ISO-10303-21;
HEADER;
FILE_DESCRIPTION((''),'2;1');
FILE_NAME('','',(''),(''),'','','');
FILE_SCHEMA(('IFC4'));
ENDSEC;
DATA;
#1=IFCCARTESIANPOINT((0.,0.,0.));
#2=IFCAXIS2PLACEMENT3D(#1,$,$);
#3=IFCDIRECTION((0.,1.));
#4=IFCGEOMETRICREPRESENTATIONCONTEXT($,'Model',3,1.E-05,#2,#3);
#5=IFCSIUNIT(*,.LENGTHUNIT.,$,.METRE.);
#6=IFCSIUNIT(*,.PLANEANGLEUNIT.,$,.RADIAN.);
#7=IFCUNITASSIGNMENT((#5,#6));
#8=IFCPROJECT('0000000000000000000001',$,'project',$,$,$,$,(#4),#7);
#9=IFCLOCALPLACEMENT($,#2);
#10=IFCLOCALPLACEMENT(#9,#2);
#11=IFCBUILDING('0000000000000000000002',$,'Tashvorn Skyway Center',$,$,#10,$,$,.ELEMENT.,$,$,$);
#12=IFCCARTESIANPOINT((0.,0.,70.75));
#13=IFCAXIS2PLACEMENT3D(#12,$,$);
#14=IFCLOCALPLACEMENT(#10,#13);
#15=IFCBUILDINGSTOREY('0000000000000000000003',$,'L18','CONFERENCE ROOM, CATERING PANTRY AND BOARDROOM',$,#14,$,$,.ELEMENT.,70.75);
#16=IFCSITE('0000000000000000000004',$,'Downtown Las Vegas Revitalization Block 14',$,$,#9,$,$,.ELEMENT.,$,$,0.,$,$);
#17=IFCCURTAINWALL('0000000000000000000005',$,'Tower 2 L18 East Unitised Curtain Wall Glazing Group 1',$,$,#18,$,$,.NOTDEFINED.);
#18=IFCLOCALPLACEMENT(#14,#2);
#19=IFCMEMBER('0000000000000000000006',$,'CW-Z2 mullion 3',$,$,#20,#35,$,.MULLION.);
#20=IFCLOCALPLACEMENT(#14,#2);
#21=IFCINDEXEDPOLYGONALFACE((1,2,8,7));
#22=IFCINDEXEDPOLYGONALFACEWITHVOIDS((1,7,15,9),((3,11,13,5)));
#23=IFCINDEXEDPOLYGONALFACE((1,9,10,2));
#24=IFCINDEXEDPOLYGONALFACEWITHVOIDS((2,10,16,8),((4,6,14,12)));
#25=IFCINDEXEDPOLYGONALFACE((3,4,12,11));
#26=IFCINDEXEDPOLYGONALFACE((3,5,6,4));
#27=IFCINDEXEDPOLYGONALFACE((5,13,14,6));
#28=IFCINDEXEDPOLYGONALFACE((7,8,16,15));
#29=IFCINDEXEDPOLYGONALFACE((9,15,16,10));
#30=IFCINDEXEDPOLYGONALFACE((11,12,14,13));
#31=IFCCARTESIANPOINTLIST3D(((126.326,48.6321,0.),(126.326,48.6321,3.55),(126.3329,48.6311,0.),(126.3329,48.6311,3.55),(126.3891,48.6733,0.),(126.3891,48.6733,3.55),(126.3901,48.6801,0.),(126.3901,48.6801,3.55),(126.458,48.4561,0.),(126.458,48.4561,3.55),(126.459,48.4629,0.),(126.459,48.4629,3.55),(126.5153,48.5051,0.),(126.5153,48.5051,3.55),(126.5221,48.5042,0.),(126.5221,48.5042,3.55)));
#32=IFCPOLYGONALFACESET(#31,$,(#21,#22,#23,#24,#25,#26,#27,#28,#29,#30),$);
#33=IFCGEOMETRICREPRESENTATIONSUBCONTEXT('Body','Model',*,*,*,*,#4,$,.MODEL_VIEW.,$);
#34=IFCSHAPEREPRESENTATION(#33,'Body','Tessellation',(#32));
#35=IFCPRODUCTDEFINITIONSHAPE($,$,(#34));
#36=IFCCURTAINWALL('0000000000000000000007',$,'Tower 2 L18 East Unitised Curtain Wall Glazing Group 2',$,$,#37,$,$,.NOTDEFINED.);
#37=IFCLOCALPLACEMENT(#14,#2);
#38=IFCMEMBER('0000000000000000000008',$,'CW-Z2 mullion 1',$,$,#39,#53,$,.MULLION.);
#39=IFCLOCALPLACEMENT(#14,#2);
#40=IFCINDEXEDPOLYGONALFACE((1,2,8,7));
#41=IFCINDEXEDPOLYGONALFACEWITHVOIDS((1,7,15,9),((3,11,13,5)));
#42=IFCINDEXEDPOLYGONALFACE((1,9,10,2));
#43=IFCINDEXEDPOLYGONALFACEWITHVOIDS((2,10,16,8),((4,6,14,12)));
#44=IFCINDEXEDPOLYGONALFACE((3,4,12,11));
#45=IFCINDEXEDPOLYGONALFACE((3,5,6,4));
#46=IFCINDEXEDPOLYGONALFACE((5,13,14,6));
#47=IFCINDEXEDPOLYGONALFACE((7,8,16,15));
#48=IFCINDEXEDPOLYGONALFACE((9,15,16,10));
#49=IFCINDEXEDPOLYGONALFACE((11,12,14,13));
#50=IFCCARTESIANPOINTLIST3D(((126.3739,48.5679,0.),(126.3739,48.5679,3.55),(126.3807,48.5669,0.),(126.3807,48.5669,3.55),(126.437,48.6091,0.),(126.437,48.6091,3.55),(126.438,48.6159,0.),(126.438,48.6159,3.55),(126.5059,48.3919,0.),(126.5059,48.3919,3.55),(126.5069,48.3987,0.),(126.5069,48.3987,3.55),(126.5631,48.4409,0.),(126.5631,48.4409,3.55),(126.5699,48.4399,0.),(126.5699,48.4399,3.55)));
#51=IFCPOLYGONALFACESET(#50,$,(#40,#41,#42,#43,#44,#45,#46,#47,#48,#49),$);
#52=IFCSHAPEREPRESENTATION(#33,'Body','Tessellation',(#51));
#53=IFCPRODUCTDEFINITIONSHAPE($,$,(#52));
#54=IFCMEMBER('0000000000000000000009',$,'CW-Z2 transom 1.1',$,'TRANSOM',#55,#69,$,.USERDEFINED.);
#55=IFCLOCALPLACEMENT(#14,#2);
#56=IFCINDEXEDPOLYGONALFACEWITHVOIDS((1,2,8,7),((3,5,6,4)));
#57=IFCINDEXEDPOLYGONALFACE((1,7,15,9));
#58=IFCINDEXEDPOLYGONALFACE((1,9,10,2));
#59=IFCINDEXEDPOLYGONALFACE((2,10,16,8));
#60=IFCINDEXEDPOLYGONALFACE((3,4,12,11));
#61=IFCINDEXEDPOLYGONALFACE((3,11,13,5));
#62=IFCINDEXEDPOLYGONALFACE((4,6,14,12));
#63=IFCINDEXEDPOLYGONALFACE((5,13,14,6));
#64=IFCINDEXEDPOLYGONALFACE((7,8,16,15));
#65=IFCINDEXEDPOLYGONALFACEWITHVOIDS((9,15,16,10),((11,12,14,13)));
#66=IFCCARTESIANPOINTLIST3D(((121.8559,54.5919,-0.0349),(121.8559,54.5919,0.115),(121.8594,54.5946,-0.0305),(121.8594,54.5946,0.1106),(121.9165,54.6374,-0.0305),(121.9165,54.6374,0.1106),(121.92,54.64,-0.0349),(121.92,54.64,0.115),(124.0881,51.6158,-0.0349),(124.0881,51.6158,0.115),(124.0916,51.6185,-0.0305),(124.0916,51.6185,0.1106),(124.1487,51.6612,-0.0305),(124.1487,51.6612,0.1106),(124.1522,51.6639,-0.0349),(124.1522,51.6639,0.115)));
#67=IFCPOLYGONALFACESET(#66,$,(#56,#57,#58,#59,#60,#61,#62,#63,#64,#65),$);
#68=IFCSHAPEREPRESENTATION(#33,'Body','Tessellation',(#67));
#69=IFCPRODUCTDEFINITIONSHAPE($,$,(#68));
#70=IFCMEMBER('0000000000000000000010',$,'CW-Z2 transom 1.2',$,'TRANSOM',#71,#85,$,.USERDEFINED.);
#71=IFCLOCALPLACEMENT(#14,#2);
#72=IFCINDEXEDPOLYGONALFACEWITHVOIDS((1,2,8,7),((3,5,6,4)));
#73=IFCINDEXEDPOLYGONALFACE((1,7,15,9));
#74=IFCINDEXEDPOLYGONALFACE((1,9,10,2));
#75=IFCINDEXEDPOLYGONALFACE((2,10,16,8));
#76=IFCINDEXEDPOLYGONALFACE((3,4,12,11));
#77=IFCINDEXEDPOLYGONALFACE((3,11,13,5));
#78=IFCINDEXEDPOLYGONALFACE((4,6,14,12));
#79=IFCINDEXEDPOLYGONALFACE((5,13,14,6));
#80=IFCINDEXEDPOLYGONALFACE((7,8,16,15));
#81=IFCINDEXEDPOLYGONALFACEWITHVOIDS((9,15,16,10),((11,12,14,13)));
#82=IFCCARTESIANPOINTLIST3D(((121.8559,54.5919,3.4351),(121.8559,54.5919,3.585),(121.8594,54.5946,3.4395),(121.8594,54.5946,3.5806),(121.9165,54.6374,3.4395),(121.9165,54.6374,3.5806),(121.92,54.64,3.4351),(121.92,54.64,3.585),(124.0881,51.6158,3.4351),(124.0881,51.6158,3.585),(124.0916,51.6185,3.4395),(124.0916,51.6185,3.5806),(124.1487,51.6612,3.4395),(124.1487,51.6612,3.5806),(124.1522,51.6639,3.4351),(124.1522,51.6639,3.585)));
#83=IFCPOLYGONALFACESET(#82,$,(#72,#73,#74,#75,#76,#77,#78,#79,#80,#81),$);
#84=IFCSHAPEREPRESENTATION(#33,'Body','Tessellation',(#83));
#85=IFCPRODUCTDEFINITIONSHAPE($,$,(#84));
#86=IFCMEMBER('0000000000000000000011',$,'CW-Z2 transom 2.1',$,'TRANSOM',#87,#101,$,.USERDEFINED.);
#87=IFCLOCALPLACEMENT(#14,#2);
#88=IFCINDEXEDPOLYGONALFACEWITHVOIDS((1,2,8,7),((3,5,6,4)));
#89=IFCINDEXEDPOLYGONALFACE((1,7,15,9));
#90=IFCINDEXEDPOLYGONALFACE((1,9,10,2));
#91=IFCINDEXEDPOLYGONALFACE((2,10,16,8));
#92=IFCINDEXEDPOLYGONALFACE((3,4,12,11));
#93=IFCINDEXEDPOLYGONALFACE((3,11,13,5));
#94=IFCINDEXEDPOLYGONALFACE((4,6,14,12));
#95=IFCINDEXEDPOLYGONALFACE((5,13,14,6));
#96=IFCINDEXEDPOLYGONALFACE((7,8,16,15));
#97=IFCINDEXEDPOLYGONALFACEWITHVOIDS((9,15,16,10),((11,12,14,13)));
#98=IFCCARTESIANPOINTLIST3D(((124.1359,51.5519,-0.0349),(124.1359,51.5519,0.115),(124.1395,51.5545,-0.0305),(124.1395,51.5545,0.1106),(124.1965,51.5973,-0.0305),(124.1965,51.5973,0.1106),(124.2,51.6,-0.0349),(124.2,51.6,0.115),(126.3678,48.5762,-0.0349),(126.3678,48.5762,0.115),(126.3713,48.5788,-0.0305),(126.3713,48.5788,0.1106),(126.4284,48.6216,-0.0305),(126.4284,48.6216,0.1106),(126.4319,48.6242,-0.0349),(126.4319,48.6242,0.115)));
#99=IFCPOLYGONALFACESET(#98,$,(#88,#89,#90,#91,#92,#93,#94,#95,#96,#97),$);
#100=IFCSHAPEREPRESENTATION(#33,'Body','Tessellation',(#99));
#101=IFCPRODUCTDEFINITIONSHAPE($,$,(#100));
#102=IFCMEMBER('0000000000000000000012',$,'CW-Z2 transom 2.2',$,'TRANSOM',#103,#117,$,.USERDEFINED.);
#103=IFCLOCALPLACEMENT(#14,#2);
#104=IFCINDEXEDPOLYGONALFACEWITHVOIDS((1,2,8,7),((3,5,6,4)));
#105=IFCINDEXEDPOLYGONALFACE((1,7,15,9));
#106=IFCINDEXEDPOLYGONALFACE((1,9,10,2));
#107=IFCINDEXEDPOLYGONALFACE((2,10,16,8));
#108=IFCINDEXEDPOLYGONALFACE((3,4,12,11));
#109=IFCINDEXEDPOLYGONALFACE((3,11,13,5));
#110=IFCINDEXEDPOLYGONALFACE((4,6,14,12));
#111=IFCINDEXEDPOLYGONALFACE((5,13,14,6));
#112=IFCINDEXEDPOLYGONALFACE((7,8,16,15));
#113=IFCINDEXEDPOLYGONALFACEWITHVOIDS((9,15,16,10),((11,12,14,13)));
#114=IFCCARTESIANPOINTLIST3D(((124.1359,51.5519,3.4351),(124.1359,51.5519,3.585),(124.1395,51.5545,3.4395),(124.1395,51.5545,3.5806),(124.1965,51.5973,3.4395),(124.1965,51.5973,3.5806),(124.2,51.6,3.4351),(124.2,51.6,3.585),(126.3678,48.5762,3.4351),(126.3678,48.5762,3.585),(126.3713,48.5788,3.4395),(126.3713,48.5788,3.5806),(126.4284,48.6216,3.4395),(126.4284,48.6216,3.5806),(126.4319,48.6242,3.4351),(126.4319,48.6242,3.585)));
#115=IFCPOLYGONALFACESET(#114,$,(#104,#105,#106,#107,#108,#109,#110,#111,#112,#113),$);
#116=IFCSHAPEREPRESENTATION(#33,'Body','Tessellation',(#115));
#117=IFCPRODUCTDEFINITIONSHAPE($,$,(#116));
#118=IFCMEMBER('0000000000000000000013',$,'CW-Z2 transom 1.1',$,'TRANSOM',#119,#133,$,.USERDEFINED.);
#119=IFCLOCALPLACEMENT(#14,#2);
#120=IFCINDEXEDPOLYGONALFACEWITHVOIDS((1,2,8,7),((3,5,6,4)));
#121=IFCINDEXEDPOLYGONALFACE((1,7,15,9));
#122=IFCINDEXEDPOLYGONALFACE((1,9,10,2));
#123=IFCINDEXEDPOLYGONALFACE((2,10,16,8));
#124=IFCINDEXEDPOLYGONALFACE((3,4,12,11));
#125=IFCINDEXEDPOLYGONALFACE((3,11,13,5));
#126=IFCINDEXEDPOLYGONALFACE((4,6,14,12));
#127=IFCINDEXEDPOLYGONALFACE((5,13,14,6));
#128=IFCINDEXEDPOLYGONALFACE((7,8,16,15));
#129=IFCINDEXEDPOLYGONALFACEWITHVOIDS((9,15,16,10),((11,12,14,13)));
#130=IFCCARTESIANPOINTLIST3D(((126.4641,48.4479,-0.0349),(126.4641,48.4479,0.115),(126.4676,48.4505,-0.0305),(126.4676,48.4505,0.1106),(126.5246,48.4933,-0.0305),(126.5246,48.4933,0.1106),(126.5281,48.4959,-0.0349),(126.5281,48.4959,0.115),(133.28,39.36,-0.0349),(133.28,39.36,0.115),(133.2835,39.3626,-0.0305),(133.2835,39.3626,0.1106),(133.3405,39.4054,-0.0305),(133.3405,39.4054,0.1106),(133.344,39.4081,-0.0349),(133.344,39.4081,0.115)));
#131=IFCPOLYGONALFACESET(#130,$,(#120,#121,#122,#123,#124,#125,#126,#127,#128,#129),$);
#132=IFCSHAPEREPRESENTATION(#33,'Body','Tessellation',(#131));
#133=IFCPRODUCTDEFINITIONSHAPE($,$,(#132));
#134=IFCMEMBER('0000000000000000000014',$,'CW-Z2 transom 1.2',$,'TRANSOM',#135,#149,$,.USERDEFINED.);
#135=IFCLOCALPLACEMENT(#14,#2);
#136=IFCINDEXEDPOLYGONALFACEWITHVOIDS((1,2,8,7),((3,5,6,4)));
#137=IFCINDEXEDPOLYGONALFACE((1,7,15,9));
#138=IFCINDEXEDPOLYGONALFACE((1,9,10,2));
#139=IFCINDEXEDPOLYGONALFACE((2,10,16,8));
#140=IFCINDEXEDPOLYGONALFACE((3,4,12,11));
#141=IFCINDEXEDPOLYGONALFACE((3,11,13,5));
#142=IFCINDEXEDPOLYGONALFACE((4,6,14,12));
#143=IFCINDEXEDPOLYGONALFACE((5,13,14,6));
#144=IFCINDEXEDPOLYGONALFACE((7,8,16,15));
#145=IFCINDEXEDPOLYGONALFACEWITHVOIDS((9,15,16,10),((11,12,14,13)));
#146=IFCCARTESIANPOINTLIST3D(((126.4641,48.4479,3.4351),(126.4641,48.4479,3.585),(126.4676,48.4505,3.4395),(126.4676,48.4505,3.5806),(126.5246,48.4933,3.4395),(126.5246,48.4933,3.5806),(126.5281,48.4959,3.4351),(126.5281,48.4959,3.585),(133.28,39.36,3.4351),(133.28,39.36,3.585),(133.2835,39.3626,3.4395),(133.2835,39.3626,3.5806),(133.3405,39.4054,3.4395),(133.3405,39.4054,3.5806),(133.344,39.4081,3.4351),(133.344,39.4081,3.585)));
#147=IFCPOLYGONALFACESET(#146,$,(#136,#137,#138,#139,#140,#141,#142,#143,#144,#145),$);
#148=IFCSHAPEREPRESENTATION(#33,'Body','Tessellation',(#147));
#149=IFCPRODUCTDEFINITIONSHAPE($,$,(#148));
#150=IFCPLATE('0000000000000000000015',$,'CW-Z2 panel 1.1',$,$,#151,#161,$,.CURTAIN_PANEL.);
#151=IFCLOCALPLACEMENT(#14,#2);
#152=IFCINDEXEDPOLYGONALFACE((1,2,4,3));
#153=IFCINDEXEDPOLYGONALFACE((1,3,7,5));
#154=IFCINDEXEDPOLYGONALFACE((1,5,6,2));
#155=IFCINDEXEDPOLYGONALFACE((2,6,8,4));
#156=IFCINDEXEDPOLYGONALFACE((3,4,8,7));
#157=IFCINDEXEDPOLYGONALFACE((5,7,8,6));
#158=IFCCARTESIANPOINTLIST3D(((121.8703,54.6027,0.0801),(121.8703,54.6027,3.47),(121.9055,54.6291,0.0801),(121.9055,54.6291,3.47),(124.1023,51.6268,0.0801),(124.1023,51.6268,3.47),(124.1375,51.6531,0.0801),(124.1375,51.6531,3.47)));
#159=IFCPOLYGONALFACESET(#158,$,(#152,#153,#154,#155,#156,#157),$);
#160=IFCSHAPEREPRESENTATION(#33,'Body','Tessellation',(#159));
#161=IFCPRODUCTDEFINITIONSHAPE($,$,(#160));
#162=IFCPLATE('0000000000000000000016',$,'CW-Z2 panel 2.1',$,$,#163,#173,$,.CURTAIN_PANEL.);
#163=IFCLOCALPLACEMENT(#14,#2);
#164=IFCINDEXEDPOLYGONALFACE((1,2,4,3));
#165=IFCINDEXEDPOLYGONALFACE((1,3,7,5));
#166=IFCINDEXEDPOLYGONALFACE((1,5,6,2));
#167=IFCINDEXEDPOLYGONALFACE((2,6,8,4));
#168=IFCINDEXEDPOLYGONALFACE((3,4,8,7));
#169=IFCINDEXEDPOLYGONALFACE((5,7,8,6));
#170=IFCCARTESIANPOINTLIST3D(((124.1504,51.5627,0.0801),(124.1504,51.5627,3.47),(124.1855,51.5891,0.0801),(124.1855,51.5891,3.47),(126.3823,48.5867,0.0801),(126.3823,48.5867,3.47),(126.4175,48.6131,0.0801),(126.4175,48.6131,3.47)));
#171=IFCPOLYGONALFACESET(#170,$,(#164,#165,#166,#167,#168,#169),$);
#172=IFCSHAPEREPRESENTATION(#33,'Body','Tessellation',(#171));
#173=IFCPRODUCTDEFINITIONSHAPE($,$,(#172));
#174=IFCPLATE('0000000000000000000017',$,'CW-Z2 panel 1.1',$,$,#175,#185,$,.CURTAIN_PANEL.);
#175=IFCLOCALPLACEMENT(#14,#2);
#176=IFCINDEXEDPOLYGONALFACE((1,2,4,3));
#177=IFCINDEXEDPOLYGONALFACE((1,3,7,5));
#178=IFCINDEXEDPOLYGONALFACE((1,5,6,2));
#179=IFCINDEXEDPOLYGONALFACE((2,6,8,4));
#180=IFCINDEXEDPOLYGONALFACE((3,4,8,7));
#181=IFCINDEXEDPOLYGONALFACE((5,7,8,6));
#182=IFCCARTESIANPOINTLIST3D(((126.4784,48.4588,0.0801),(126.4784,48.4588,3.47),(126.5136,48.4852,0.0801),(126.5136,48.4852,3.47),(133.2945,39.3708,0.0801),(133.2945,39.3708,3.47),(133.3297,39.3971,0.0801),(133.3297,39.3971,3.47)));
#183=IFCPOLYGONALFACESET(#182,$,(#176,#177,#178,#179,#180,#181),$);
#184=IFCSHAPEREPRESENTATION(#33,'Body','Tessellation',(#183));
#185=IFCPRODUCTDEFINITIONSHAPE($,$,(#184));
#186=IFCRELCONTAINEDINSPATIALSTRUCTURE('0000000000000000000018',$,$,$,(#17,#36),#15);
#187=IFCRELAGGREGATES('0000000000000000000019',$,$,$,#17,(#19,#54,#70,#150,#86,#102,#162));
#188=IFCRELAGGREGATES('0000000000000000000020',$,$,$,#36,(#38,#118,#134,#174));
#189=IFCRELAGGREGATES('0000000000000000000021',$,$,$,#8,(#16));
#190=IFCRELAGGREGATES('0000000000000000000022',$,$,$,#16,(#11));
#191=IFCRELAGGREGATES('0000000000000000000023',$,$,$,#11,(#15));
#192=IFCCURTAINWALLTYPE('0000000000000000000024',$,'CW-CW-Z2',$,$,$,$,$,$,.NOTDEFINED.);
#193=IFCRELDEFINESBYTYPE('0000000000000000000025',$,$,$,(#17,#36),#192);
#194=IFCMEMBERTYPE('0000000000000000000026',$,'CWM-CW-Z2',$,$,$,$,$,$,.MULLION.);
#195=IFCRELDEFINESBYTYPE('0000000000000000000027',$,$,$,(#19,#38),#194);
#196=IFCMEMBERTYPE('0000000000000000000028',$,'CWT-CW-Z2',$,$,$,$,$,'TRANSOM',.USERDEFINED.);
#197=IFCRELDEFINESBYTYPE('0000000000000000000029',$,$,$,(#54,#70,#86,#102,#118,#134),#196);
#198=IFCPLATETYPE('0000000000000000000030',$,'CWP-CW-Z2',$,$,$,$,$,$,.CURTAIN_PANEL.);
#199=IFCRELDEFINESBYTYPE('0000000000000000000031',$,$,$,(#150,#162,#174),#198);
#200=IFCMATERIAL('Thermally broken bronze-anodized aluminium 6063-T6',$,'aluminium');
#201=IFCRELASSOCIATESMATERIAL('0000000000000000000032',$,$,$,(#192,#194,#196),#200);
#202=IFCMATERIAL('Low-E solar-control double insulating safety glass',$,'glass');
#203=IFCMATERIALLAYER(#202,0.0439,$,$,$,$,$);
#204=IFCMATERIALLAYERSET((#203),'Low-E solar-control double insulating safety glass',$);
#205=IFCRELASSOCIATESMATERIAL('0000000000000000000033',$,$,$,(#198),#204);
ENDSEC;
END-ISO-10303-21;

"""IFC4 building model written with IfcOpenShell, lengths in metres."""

from ifc_helpers import new_model, si_unit, direction, frame, origin, origin_2d, place, context, subcontext, project, spatial, rectangle, hollow_rectangle, extrude, material, layer, layer_set, material_profile, profile_set, type_object, element, aggregate, save


model = new_model("IFC4")

# Units and contexts
model_context = context("Model", 3, precision=1e-05, world=origin(), true_north=direction((0.0, 1.0)))
body_context = subcontext(model_context, "Body", "Model", "MODEL_VIEW")
ifc_project = project(units=[si_unit("LENGTHUNIT", "METRE"), si_unit("PLANEANGLEUNIT", "RADIAN")], contexts=[model_context])

# Site, building, storey
site_placement = place(None, origin())
site = spatial("IfcSite", under=ifc_project, at=site_placement, Name="Downtown Las Vegas Revitalization Block 14", CompositionType="ELEMENT", RefElevation=0.0)
building_placement = place(site_placement, origin())
building = spatial("IfcBuilding", under=site, at=building_placement, Name="Tashvorn Skyway Center", CompositionType="ELEMENT")
storey_placement = place(building_placement, frame((0.0, 0.0, 70.75)))
storey = spatial("IfcBuildingStorey", under=building, at=storey_placement, Name="L18", Description="CONFERENCE ROOM, CATERING PANTRY AND BOARDROOM", CompositionType="ELEMENT", Elevation=70.75)

# Curtain wall, member
ifc_material_1 = material(Name="Thermally broken bronze-anodized aluminium 6063-T6", Category="aluminium")
curtain_wall_type = type_object("IfcCurtainWallType", Name="CW-CW-Z2", PredefinedType="NOTDEFINED", material=ifc_material_1)
curtain_wall_1_placement = place(storey_placement, origin())
curtain_wall_1 = element("IfcCurtainWall", 1, at=curtain_wall_1_placement, inside=storey, type_object=curtain_wall_type, Name="Tower 2 L18 East Unitised Curtain Wall Glazing Group 1", PredefinedType="NOTDEFINED")
ifc_material_profile_1 = material_profile(ifc_material_1, hollow_rectangle(XDim=0.0801, YDim=0.22, WallThickness=0.0049, at=origin_2d()), Name="ALU-MULL-80x220")
ifc_profile_set_1 = profile_set([ifc_material_profile_1], Name="Thermally broken bronze-anodized aluminium 6063-T6")
member_type_1 = type_object("IfcMemberType", Name="CWM-CW-Z2", PredefinedType="MULLION", material=ifc_profile_set_1)
member_1_placement = place(storey_placement, frame((126.4241, 48.5681, 0.0), z_axis=(0.0, 0.0, 1.0), x_axis=(0.8, 0.6, 0.0)))
member_1 = element("IfcMember", 2, at=member_1_placement, type_object=member_type_1, Name="CW-Z2 mullion 3", PredefinedType="MULLION", context=body_context, shape_type="SweptSolid", body=[
    extrude(hollow_rectangle(XDim=0.0801, YDim=0.22, WallThickness=0.0049, at=origin_2d()), origin(), (0.0, 0.0, 1.0), 3.55),
])

# Curtain wall, member
curtain_wall_2_placement = place(storey_placement, origin())
curtain_wall_2 = element("IfcCurtainWall", 3, at=curtain_wall_2_placement, inside=storey, type_object=curtain_wall_type, Name="Tower 2 L18 East Unitised Curtain Wall Glazing Group 2", PredefinedType="NOTDEFINED")
member_2_placement = place(storey_placement, frame((126.4719, 48.5039, 0.0), z_axis=(0.0, 0.0, 1.0), x_axis=(0.8, 0.6, 0.0)))
member_2 = element("IfcMember", 4, at=member_2_placement, type_object=member_type_1, Name="CW-Z2 mullion 1", PredefinedType="MULLION", context=body_context, shape_type="SweptSolid", body=[
    extrude(hollow_rectangle(XDim=0.0801, YDim=0.22, WallThickness=0.0049, at=origin_2d()), origin(), (0.0, 0.0, 1.0), 3.55),
])

# Members
ifc_material_profile_2 = material_profile(ifc_material_1, hollow_rectangle(XDim=0.0801, YDim=0.1499, WallThickness=0.0044, at=origin_2d()), Name="ALU-TRAN-80x150")
ifc_profile_set_2 = profile_set([ifc_material_profile_2], Name="Thermally broken bronze-anodized aluminium 6063-T6")
member_type_2 = type_object("IfcMemberType", Name="CWT-CW-Z2", ElementType="TRANSOM", PredefinedType="USERDEFINED", material=ifc_profile_set_2)
member_3_placement = place(storey_placement, frame((121.8879, 54.616, 0.04), z_axis=(0.600021, -0.799984, 0.0), x_axis=(0.799984, 0.600021, 0.0)))
member_3 = element("IfcMember", 5, at=member_3_placement, type_object=member_type_2, Name="CW-Z2 transom 1.1", ObjectType="TRANSOM", PredefinedType="USERDEFINED", context=body_context, shape_type="SweptSolid", body=[
    extrude(hollow_rectangle(XDim=0.0801, YDim=0.1499, WallThickness=0.0044, at=origin_2d()), origin(), (0.0, 0.0, 1.0), 3.7202),
])
member_4_placement = place(storey_placement, frame((121.8879, 54.616, 3.51), z_axis=(0.600021, -0.799984, 0.0), x_axis=(0.799984, 0.600021, 0.0)))
member_4 = element("IfcMember", 6, at=member_4_placement, type_object=member_type_2, Name="CW-Z2 transom 1.2", ObjectType="TRANSOM", PredefinedType="USERDEFINED", context=body_context, shape_type="SweptSolid", body=[
    extrude(hollow_rectangle(XDim=0.0801, YDim=0.1499, WallThickness=0.0044, at=origin_2d()), origin(), (0.0, 0.0, 1.0), 3.7202),
])
member_5_placement = place(storey_placement, frame((124.168, 51.5759, 0.04), z_axis=(0.600011, -0.799992, 0.0), x_axis=(0.799992, 0.600011, 0.0)))
member_5 = element("IfcMember", 7, at=member_5_placement, type_object=member_type_2, Name="CW-Z2 transom 2.1", ObjectType="TRANSOM", PredefinedType="USERDEFINED", context=body_context, shape_type="SweptSolid", body=[
    extrude(hollow_rectangle(XDim=0.0801, YDim=0.1499, WallThickness=0.0044, at=origin_2d()), origin(), (0.0, 0.0, 1.0), 3.7197),
])
member_6_placement = place(storey_placement, frame((124.168, 51.5759, 3.51), z_axis=(0.600011, -0.799992, 0.0), x_axis=(0.799992, 0.600011, 0.0)))
member_6 = element("IfcMember", 8, at=member_6_placement, type_object=member_type_2, Name="CW-Z2 transom 2.2", ObjectType="TRANSOM", PredefinedType="USERDEFINED", context=body_context, shape_type="SweptSolid", body=[
    extrude(hollow_rectangle(XDim=0.0801, YDim=0.1499, WallThickness=0.0044, at=origin_2d()), origin(), (0.0, 0.0, 1.0), 3.7197),
])
member_7_placement = place(storey_placement, frame((126.4961, 48.4719, 0.04), z_axis=(0.6, -0.8, 0.0), x_axis=(0.8, 0.6, 0.0)))
member_7 = element("IfcMember", 9, at=member_7_placement, type_object=member_type_2, Name="CW-Z2 transom 1.1", ObjectType="TRANSOM", PredefinedType="USERDEFINED", context=body_context, shape_type="SweptSolid", body=[
    extrude(hollow_rectangle(XDim=0.0801, YDim=0.1499, WallThickness=0.0044, at=origin_2d()), origin(), (0.0, 0.0, 1.0), 11.3599),
])
member_8_placement = place(storey_placement, frame((126.4961, 48.4719, 3.51), z_axis=(0.6, -0.8, 0.0), x_axis=(0.8, 0.6, 0.0)))
member_8 = element("IfcMember", 10, at=member_8_placement, type_object=member_type_2, Name="CW-Z2 transom 1.2", ObjectType="TRANSOM", PredefinedType="USERDEFINED", context=body_context, shape_type="SweptSolid", body=[
    extrude(hollow_rectangle(XDim=0.0801, YDim=0.1499, WallThickness=0.0044, at=origin_2d()), origin(), (0.0, 0.0, 1.0), 11.3599),
])

# Plates
ifc_material_2 = material(Name="Low-E solar-control double insulating safety glass", Category="glass")
ifc_layer_1 = layer(ifc_material_2, 0.0439)
ifc_layer_set_1 = layer_set([ifc_layer_1], Name="Low-E solar-control double insulating safety glass")
plate_type = type_object("IfcPlateType", Name="CWP-CW-Z2", PredefinedType="CURTAIN_PANEL", material=ifc_layer_set_1)
plate_1_placement = place(storey_placement, frame((123.0039, 53.1279, 0.0801), z_axis=(0.0, 0.0, 1.0), x_axis=(0.6, -0.8, 0.0)))
plate_1 = element("IfcPlate", 11, at=plate_1_placement, type_object=plate_type, Name="CW-Z2 panel 1.1", PredefinedType="CURTAIN_PANEL", context=body_context, shape_type="SweptSolid", body=[
    extrude(rectangle(XDim=3.72, YDim=0.0439, at=origin_2d()), origin(), (0.0, 0.0, 1.0), 3.3899),
])
plate_2_placement = place(storey_placement, frame((125.2839, 50.0879, 0.0801), z_axis=(0.0, 0.0, 1.0), x_axis=(0.6, -0.8, 0.0)))
plate_2 = element("IfcPlate", 12, at=plate_2_placement, type_object=plate_type, Name="CW-Z2 panel 2.1", PredefinedType="CURTAIN_PANEL", context=body_context, shape_type="SweptSolid", body=[
    extrude(rectangle(XDim=3.72, YDim=0.0439, at=origin_2d()), origin(), (0.0, 0.0, 1.0), 3.3899),
])
aggregate(curtain_wall_1, [member_1, member_3, member_4, plate_1, member_5, member_6, plate_2])
plate_3_placement = place(storey_placement, frame((129.9041, 43.928, 0.0801), z_axis=(0.0, 0.0, 1.0), x_axis=(0.6, -0.8, 0.0)))
plate_3 = element("IfcPlate", 13, at=plate_3_placement, type_object=plate_type, Name="CW-Z2 panel 1.1", PredefinedType="CURTAIN_PANEL", context=body_context, shape_type="SweptSolid", body=[
    extrude(rectangle(XDim=11.3601, YDim=0.0439, at=origin_2d()), origin(), (0.0, 0.0, 1.0), 3.3899),
])
aggregate(curtain_wall_2, [member_2, member_7, member_8, plate_3])

save(model, "model.ifc")
